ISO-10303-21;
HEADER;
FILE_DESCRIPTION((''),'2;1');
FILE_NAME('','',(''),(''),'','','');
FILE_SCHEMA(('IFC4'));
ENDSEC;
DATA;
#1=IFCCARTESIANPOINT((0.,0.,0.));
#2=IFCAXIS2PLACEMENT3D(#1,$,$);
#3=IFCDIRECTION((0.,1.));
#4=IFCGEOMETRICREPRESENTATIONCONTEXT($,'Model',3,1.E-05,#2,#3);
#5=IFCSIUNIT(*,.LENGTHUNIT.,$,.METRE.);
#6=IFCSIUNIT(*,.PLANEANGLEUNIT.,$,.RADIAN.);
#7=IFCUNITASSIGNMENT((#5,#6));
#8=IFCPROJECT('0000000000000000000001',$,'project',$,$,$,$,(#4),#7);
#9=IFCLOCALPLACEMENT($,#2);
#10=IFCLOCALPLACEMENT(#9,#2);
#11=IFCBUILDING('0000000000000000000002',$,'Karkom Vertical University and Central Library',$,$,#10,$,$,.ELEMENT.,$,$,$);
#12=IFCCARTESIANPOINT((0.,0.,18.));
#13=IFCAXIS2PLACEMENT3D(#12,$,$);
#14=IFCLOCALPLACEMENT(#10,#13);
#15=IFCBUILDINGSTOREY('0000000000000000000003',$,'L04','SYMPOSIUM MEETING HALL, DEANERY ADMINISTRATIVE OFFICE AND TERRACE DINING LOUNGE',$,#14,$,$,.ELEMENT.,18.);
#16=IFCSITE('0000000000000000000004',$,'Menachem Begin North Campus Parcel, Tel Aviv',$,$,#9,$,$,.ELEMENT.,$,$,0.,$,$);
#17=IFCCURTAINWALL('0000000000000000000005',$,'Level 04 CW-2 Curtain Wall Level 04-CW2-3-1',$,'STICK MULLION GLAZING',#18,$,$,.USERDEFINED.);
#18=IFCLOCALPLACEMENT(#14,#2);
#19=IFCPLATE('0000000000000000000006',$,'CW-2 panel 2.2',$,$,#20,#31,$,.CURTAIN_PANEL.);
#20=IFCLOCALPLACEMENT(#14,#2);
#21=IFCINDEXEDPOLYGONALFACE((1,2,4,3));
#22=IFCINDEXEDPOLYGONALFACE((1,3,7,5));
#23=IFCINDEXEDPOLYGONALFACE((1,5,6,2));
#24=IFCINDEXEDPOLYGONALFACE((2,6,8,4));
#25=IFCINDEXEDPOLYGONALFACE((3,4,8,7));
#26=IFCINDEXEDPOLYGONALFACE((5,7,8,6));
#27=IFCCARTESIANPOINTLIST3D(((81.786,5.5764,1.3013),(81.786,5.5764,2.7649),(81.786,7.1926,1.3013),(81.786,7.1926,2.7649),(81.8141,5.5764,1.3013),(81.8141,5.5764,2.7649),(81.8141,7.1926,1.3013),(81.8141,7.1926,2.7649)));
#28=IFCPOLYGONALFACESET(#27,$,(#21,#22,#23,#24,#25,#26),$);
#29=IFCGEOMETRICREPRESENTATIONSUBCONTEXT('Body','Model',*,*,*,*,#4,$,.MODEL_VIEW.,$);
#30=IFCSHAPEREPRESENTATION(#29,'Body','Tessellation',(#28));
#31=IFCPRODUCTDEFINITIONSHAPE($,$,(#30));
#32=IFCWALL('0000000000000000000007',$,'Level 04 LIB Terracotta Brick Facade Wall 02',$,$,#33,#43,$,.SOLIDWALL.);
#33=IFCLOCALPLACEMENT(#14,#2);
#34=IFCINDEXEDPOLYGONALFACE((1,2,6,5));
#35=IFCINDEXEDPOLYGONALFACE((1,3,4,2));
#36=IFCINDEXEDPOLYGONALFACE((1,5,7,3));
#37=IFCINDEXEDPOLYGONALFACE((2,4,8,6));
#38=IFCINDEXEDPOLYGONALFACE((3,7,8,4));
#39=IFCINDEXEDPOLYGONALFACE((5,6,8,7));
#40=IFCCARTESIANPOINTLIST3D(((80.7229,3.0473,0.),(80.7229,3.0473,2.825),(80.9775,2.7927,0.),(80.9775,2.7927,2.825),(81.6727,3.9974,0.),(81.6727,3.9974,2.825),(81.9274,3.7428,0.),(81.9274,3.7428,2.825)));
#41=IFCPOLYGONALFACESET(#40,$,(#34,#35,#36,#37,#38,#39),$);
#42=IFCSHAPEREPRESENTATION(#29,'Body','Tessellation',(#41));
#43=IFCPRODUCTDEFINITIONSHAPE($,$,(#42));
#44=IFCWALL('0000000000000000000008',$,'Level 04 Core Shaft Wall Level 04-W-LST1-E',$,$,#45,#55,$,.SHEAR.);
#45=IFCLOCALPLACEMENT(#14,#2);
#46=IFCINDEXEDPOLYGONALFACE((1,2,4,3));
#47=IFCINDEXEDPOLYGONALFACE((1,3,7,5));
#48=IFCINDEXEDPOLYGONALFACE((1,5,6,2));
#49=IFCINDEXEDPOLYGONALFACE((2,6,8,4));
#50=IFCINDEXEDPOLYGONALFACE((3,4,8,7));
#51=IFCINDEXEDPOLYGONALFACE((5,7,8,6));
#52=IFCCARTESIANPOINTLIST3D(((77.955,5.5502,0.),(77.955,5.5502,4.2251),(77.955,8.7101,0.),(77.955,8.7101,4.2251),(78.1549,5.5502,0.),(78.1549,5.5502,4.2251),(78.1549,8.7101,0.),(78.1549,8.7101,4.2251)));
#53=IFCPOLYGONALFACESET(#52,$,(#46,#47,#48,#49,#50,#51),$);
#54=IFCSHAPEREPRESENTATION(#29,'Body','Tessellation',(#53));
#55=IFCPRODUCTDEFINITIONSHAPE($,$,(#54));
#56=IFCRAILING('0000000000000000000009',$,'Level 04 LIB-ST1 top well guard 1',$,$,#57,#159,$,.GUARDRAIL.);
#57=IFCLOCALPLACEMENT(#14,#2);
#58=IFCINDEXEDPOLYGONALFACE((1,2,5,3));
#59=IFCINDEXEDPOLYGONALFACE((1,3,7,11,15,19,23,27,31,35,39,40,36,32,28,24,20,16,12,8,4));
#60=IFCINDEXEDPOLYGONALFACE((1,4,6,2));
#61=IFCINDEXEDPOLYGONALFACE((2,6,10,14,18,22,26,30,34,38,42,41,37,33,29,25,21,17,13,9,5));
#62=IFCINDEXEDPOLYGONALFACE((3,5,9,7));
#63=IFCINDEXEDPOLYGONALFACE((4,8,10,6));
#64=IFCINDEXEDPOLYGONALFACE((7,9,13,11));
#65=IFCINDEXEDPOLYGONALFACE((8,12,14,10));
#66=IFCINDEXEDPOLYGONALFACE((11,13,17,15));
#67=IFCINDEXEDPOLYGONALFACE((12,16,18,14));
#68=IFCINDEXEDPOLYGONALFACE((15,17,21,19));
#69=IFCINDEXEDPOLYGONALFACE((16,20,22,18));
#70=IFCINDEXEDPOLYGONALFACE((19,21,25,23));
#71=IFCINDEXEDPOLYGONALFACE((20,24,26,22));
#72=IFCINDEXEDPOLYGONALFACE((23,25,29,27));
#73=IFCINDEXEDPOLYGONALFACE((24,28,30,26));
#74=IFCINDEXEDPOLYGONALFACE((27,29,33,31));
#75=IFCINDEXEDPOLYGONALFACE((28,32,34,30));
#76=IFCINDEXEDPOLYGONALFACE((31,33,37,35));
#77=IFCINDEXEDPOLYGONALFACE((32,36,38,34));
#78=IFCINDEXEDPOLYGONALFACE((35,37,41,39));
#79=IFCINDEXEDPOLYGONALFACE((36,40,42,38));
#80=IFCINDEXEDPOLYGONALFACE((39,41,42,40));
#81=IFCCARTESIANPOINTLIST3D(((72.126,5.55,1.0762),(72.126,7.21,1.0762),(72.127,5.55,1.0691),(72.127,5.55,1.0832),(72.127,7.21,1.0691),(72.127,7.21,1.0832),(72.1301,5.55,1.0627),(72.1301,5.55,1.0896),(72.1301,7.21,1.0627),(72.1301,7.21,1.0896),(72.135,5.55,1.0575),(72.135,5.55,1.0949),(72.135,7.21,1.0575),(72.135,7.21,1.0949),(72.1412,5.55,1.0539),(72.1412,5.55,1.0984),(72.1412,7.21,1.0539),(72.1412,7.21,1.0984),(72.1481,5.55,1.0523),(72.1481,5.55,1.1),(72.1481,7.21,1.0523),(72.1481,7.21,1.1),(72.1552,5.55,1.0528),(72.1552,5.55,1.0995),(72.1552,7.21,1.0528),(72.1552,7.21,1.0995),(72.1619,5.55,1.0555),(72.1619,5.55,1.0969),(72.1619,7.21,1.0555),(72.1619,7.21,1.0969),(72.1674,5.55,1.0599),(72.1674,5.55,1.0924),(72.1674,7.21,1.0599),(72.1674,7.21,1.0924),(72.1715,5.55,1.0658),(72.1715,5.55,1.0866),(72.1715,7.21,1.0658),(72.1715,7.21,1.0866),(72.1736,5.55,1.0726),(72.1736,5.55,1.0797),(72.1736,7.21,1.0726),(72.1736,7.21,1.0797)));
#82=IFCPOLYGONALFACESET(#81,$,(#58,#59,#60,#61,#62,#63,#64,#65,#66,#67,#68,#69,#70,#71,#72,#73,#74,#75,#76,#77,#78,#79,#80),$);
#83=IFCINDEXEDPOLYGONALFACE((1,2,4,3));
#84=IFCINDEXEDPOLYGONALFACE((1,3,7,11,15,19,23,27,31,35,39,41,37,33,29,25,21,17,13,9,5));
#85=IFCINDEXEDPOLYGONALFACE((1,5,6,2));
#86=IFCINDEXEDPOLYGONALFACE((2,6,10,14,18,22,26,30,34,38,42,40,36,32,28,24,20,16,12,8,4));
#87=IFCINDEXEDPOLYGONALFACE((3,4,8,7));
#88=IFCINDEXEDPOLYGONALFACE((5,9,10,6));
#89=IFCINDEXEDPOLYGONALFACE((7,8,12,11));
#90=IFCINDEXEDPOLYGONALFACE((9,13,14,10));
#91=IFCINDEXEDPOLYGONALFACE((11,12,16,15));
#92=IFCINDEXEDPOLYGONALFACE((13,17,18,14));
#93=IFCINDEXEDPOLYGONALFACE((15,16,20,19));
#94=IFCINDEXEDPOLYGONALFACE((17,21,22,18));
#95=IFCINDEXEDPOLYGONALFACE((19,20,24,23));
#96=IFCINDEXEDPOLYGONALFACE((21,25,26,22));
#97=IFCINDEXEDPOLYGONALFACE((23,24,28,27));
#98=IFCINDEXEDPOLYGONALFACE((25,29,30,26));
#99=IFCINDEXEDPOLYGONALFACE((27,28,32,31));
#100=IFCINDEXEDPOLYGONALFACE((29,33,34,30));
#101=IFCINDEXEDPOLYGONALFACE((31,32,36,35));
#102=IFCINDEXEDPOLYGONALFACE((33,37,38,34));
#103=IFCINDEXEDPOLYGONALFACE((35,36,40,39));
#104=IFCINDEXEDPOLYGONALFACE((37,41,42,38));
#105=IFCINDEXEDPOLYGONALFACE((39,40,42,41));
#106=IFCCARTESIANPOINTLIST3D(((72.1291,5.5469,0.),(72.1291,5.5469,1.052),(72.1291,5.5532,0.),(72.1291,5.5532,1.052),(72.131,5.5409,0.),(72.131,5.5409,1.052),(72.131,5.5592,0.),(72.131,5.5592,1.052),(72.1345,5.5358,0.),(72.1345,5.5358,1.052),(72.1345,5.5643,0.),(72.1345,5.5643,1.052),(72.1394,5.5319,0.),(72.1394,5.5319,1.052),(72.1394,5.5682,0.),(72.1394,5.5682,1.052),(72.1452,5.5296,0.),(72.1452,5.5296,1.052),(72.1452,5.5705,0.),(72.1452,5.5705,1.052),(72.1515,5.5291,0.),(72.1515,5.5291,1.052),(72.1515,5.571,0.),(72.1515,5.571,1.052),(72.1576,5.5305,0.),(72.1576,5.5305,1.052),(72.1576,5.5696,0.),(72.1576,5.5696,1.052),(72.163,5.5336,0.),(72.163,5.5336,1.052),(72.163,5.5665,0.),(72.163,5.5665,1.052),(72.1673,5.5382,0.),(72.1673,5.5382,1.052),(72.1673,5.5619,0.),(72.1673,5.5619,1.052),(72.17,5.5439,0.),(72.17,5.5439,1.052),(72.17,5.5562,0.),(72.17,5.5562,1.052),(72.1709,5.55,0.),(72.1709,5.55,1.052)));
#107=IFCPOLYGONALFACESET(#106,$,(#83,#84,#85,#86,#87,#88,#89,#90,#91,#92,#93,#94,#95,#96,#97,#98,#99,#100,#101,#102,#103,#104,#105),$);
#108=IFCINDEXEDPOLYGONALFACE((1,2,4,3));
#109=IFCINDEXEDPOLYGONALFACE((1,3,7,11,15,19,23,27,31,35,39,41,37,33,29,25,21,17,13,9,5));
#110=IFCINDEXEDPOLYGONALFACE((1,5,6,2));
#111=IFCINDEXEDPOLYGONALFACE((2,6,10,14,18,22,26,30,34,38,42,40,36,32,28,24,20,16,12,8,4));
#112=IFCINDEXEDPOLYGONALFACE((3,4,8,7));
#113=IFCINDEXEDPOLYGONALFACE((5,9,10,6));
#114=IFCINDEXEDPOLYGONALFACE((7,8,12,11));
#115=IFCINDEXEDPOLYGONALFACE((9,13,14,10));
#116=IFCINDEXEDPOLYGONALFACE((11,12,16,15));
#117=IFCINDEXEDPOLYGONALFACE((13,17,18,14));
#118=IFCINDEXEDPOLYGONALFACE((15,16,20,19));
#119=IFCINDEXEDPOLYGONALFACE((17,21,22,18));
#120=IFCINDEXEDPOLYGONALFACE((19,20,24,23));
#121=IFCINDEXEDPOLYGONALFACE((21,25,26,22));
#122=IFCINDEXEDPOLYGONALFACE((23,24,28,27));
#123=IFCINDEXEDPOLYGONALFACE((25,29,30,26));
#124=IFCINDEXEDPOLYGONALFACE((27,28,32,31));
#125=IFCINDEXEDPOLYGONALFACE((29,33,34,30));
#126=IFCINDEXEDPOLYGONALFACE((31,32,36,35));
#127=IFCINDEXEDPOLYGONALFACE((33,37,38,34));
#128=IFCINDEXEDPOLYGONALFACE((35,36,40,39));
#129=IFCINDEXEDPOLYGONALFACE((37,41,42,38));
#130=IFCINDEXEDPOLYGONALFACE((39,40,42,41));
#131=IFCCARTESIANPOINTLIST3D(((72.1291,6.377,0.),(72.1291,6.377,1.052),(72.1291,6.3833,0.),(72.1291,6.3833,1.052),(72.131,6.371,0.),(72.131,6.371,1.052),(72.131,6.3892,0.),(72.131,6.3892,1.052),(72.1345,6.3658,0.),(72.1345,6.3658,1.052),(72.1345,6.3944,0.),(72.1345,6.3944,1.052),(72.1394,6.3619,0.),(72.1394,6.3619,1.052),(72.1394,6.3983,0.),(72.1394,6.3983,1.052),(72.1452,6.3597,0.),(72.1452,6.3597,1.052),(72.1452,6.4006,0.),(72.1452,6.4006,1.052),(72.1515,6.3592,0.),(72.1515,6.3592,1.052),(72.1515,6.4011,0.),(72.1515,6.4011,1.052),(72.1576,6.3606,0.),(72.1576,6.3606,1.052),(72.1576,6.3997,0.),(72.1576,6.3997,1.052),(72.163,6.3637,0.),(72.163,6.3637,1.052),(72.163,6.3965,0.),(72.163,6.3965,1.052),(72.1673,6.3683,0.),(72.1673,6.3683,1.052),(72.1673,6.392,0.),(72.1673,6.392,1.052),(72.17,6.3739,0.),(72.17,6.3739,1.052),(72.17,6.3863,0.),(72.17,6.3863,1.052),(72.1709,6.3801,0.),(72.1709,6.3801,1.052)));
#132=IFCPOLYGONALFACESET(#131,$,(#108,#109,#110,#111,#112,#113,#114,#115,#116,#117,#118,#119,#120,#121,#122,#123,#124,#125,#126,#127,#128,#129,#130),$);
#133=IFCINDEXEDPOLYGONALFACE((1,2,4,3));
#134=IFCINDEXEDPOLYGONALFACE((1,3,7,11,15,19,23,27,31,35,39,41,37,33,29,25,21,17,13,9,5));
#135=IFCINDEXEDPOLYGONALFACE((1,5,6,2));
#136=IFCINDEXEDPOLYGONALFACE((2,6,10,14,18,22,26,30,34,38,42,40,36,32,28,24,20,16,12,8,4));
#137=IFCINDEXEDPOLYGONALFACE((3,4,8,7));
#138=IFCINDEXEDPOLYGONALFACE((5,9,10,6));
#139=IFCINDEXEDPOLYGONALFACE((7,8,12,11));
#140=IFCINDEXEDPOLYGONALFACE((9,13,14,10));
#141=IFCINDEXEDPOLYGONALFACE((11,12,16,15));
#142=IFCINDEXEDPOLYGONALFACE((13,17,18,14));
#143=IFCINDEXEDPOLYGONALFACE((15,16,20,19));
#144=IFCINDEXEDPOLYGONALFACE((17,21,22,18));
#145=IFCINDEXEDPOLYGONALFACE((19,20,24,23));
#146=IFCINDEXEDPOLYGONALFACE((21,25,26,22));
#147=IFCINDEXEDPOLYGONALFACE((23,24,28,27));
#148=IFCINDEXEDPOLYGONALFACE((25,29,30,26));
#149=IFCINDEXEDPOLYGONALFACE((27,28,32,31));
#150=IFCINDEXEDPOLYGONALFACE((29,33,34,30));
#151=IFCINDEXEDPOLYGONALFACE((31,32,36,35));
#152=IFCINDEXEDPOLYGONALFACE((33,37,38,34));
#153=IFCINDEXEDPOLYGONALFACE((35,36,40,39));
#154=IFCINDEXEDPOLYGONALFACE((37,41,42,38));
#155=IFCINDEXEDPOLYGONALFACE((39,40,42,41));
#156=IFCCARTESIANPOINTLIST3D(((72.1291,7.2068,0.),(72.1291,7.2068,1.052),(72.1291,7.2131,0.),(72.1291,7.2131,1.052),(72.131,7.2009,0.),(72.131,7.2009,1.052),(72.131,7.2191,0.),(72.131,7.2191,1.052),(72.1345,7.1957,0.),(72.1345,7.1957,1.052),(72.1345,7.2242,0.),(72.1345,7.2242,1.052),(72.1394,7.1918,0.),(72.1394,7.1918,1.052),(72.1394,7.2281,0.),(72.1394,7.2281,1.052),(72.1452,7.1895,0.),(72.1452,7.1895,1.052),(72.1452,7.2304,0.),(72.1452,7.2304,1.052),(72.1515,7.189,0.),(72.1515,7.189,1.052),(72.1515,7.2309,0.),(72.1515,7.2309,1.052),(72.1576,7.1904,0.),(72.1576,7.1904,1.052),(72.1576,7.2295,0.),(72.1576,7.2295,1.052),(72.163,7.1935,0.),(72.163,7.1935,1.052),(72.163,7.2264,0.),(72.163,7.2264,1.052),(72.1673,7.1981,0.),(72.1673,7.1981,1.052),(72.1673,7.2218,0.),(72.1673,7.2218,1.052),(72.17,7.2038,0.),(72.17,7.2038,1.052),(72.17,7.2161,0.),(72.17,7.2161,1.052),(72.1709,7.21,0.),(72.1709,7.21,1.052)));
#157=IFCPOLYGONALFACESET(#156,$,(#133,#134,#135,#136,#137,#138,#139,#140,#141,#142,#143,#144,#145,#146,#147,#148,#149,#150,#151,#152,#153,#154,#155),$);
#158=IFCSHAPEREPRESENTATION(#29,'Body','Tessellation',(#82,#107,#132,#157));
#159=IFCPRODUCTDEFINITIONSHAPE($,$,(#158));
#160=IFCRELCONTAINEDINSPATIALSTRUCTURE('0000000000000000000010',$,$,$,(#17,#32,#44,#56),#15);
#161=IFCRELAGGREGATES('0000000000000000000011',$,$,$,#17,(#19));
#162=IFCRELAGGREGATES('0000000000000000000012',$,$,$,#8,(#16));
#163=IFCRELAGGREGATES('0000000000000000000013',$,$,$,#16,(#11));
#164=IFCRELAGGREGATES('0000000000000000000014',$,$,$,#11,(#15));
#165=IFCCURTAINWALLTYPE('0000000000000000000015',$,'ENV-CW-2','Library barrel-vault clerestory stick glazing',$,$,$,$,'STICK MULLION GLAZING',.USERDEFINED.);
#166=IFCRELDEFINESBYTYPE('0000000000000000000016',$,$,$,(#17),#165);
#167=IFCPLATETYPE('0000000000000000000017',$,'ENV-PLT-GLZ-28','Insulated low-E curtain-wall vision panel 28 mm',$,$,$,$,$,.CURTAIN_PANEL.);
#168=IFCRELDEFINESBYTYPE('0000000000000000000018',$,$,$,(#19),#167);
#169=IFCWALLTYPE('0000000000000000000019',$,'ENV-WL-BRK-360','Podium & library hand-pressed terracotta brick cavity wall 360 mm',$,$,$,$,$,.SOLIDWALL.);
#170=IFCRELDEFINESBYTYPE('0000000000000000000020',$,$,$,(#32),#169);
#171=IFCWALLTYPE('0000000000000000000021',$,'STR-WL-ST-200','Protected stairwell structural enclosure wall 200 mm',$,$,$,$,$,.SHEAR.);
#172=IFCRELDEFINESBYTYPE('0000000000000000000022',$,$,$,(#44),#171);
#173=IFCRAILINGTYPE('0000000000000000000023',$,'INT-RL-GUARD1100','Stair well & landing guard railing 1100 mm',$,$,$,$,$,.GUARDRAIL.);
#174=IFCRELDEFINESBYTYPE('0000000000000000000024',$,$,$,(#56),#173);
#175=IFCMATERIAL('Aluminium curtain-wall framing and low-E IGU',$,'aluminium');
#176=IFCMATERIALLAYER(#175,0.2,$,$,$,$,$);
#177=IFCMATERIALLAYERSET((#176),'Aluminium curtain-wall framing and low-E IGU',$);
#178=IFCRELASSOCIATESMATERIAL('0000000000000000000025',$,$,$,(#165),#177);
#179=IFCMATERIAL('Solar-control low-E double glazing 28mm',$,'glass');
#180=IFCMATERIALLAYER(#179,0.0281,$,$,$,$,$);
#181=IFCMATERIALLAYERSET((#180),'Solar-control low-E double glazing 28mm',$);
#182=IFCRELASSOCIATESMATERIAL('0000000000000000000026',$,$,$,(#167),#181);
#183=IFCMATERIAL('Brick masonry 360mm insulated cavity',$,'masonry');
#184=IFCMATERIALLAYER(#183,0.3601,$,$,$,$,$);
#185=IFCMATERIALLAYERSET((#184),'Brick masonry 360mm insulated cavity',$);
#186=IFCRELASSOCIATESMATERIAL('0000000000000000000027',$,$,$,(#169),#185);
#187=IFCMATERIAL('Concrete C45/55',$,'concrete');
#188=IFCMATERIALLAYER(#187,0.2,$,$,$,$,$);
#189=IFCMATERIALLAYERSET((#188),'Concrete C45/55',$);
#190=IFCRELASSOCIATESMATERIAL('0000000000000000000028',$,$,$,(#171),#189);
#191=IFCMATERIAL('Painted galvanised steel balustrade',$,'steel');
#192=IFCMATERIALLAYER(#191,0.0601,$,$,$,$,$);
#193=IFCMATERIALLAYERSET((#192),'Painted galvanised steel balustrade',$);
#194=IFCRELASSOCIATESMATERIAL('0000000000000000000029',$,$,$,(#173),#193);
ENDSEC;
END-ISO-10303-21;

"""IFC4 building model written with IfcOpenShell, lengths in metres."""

from ifc_helpers import new_model, si_unit, direction, frame, frame_2d, origin, origin_with_axes, origin_2d, place, context, subcontext, project, spatial, rectangle, circle, extrude, source, transform, mapped, material, layer, layer_set, type_object, element, aggregate, save


model = new_model("IFC4")

# Units and contexts
model_context = context("Model", 3, precision=1e-05, world=origin(), true_north=direction((0.0, 1.0)))
body_context = subcontext(model_context, "Body", "Model", "MODEL_VIEW")
ifc_project = project(units=[si_unit("LENGTHUNIT", "METRE"), si_unit("PLANEANGLEUNIT", "RADIAN")], contexts=[model_context])

# Site, building, storey
site_placement = place(None, origin())
site = spatial("IfcSite", under=ifc_project, at=site_placement, Name="Menachem Begin North Campus Parcel, Tel Aviv", CompositionType="ELEMENT", RefElevation=0.0)
building_placement = place(site_placement, origin())
building = spatial("IfcBuilding", under=site, at=building_placement, Name="Karkom Vertical University and Central Library", CompositionType="ELEMENT")
storey_placement = place(building_placement, frame((0.0, 0.0, 18.0)))
storey = spatial("IfcBuildingStorey", under=building, at=storey_placement, Name="L04", Description="SYMPOSIUM MEETING HALL, DEANERY ADMINISTRATIVE OFFICE AND TERRACE DINING LOUNGE", CompositionType="ELEMENT", Elevation=18.0)

# Shared definitions
ifc_material_1 = material(Name="Concrete C45/55", Category="concrete")

# Curtain wall, plate
ifc_material_2 = material(Name="Aluminium curtain-wall framing and low-E IGU", Category="aluminium")
ifc_layer_1 = layer(ifc_material_2, 0.2)
ifc_layer_set_1 = layer_set([ifc_layer_1], Name="Aluminium curtain-wall framing and low-E IGU")
curtain_wall_type = type_object("IfcCurtainWallType", Name="ENV-CW-2", Description="Library barrel-vault clerestory stick glazing", ElementType="STICK MULLION GLAZING", PredefinedType="USERDEFINED", material=ifc_layer_set_1)
curtain_wall_placement = place(storey_placement, origin())
curtain_wall = element("IfcCurtainWall", 1, at=curtain_wall_placement, inside=storey, type_object=curtain_wall_type, Name="Level 04 CW-2 Curtain Wall Level 04-CW2-3-1", ObjectType="STICK MULLION GLAZING", PredefinedType="USERDEFINED")
ifc_material_3 = material(Name="Solar-control low-E double glazing 28mm", Category="glass")
ifc_layer_2 = layer(ifc_material_3, 0.0281)
ifc_layer_set_2 = layer_set([ifc_layer_2], Name="Solar-control low-E double glazing 28mm")
plate_type = type_object("IfcPlateType", Name="ENV-PLT-GLZ-28", Description="Insulated low-E curtain-wall vision panel 28 mm", PredefinedType="CURTAIN_PANEL", material=ifc_layer_set_2)
shared_shape_1 = source(origin_with_axes(), body_context, "Body", "SweptSolid", [
    extrude(rectangle(XDim=1.6162, YDim=0.0281, at=origin_2d()), origin(), (0.0, 0.0, 1.0), 1.4636),
])
plate_1_placement = place(storey_placement, frame((81.8, 6.3845, 1.3013), z_axis=(0.0, 0.0, 1.0), x_axis=(0.0, 1.0, 0.0)))
plate_1 = element("IfcPlate", 2, at=plate_1_placement, type_object=plate_type, Name="CW-2 panel 2.2", PredefinedType="CURTAIN_PANEL", context=body_context, shape_type="MappedRepresentation", body=[
    mapped(shared_shape_1, transform((0.0, 0.0, 0.0), scale=1.0)),
])
aggregate(curtain_wall, [plate_1])

# Walls
ifc_material_4 = material(Name="Brick masonry 360mm insulated cavity", Category="masonry")
ifc_layer_3 = layer(ifc_material_4, 0.3601)
ifc_layer_set_3 = layer_set([ifc_layer_3], Name="Brick masonry 360mm insulated cavity")
wall_type_1 = type_object("IfcWallType", Name="ENV-WL-BRK-360", Description="Podium & library hand-pressed terracotta brick cavity wall 360 mm", PredefinedType="SOLIDWALL", material=ifc_layer_set_3)
wall_1_placement = place(storey_placement, frame((80.8501, 2.9199, 0.0), z_axis=(0.0, 0.0, 1.0), x_axis=(0.707016, 0.707198, 0.0)))
element("IfcWall", 3, at=wall_1_placement, inside=storey, type_object=wall_type_1, Name="Level 04 LIB Terracotta Brick Facade Wall 02", PredefinedType="SOLIDWALL", context=body_context, shape_type="SweptSolid", body=[
    extrude(rectangle(XDim=1.3435, YDim=0.3601, at=frame_2d((0.6719, 0.0))), origin(), (0.0, 0.0, 1.0), 2.825),
])
ifc_layer_4 = layer(ifc_material_1, 0.2)
ifc_layer_set_4 = layer_set([ifc_layer_4], Name="Concrete C45/55")
wall_type_2 = type_object("IfcWallType", Name="STR-WL-ST-200", Description="Protected stairwell structural enclosure wall 200 mm", PredefinedType="SHEAR", material=ifc_layer_set_4)
wall_2_placement = place(storey_placement, frame((78.0549, 5.55, 0.0), z_axis=(0.0, 0.0, 1.0), x_axis=(0.0, 1.0, 0.0)))
element("IfcWall", 4, at=wall_2_placement, inside=storey, type_object=wall_type_2, Name="Level 04 Core Shaft Wall Level 04-W-LST1-E", PredefinedType="SHEAR", context=body_context, shape_type="SweptSolid", body=[
    extrude(rectangle(XDim=3.1599, YDim=0.2, at=frame_2d((1.5801, 0.0))), origin(), (0.0, 0.0, 1.0), 4.2251),
])

# Railing
ifc_material_5 = material(Name="Painted galvanised steel balustrade", Category="steel")
ifc_layer_5 = layer(ifc_material_5, 0.0601)
ifc_layer_set_5 = layer_set([ifc_layer_5], Name="Painted galvanised steel balustrade")
railing_type = type_object("IfcRailingType", Name="INT-RL-GUARD1100", Description="Stair well & landing guard railing 1100 mm", PredefinedType="GUARDRAIL", material=ifc_layer_set_5)
railing_placement = place(storey_placement, frame((72.1499, 5.55, 0.0)))
element("IfcRailing", 5, at=railing_placement, inside=storey, type_object=railing_type, Name="Level 04 LIB-ST1 top well guard 1", PredefinedType="GUARDRAIL", context=body_context, shape_type="SweptSolid", body=[
    extrude(circle(Radius=0.0239, at=origin_2d()), frame((0.0, 0.0, 1.0762), z_axis=(0.0, 1.0, 0.0), x_axis=(-1.0, 0.0, 0.0)), (0.0, 0.0, 1.0), 1.6599),
    extrude(circle(Radius=0.021, at=origin_2d()), origin(), (0.0, 0.0, 1.0), 1.052),
    extrude(circle(Radius=0.021, at=origin_2d()), frame((0.0, 0.8301, 0.0)), (0.0, 0.0, 1.0), 1.052),
    extrude(circle(Radius=0.021, at=origin_2d()), frame((0.0, 1.6599, 0.0)), (0.0, 0.0, 1.0), 1.052),
])

save(model, "model.ifc")
